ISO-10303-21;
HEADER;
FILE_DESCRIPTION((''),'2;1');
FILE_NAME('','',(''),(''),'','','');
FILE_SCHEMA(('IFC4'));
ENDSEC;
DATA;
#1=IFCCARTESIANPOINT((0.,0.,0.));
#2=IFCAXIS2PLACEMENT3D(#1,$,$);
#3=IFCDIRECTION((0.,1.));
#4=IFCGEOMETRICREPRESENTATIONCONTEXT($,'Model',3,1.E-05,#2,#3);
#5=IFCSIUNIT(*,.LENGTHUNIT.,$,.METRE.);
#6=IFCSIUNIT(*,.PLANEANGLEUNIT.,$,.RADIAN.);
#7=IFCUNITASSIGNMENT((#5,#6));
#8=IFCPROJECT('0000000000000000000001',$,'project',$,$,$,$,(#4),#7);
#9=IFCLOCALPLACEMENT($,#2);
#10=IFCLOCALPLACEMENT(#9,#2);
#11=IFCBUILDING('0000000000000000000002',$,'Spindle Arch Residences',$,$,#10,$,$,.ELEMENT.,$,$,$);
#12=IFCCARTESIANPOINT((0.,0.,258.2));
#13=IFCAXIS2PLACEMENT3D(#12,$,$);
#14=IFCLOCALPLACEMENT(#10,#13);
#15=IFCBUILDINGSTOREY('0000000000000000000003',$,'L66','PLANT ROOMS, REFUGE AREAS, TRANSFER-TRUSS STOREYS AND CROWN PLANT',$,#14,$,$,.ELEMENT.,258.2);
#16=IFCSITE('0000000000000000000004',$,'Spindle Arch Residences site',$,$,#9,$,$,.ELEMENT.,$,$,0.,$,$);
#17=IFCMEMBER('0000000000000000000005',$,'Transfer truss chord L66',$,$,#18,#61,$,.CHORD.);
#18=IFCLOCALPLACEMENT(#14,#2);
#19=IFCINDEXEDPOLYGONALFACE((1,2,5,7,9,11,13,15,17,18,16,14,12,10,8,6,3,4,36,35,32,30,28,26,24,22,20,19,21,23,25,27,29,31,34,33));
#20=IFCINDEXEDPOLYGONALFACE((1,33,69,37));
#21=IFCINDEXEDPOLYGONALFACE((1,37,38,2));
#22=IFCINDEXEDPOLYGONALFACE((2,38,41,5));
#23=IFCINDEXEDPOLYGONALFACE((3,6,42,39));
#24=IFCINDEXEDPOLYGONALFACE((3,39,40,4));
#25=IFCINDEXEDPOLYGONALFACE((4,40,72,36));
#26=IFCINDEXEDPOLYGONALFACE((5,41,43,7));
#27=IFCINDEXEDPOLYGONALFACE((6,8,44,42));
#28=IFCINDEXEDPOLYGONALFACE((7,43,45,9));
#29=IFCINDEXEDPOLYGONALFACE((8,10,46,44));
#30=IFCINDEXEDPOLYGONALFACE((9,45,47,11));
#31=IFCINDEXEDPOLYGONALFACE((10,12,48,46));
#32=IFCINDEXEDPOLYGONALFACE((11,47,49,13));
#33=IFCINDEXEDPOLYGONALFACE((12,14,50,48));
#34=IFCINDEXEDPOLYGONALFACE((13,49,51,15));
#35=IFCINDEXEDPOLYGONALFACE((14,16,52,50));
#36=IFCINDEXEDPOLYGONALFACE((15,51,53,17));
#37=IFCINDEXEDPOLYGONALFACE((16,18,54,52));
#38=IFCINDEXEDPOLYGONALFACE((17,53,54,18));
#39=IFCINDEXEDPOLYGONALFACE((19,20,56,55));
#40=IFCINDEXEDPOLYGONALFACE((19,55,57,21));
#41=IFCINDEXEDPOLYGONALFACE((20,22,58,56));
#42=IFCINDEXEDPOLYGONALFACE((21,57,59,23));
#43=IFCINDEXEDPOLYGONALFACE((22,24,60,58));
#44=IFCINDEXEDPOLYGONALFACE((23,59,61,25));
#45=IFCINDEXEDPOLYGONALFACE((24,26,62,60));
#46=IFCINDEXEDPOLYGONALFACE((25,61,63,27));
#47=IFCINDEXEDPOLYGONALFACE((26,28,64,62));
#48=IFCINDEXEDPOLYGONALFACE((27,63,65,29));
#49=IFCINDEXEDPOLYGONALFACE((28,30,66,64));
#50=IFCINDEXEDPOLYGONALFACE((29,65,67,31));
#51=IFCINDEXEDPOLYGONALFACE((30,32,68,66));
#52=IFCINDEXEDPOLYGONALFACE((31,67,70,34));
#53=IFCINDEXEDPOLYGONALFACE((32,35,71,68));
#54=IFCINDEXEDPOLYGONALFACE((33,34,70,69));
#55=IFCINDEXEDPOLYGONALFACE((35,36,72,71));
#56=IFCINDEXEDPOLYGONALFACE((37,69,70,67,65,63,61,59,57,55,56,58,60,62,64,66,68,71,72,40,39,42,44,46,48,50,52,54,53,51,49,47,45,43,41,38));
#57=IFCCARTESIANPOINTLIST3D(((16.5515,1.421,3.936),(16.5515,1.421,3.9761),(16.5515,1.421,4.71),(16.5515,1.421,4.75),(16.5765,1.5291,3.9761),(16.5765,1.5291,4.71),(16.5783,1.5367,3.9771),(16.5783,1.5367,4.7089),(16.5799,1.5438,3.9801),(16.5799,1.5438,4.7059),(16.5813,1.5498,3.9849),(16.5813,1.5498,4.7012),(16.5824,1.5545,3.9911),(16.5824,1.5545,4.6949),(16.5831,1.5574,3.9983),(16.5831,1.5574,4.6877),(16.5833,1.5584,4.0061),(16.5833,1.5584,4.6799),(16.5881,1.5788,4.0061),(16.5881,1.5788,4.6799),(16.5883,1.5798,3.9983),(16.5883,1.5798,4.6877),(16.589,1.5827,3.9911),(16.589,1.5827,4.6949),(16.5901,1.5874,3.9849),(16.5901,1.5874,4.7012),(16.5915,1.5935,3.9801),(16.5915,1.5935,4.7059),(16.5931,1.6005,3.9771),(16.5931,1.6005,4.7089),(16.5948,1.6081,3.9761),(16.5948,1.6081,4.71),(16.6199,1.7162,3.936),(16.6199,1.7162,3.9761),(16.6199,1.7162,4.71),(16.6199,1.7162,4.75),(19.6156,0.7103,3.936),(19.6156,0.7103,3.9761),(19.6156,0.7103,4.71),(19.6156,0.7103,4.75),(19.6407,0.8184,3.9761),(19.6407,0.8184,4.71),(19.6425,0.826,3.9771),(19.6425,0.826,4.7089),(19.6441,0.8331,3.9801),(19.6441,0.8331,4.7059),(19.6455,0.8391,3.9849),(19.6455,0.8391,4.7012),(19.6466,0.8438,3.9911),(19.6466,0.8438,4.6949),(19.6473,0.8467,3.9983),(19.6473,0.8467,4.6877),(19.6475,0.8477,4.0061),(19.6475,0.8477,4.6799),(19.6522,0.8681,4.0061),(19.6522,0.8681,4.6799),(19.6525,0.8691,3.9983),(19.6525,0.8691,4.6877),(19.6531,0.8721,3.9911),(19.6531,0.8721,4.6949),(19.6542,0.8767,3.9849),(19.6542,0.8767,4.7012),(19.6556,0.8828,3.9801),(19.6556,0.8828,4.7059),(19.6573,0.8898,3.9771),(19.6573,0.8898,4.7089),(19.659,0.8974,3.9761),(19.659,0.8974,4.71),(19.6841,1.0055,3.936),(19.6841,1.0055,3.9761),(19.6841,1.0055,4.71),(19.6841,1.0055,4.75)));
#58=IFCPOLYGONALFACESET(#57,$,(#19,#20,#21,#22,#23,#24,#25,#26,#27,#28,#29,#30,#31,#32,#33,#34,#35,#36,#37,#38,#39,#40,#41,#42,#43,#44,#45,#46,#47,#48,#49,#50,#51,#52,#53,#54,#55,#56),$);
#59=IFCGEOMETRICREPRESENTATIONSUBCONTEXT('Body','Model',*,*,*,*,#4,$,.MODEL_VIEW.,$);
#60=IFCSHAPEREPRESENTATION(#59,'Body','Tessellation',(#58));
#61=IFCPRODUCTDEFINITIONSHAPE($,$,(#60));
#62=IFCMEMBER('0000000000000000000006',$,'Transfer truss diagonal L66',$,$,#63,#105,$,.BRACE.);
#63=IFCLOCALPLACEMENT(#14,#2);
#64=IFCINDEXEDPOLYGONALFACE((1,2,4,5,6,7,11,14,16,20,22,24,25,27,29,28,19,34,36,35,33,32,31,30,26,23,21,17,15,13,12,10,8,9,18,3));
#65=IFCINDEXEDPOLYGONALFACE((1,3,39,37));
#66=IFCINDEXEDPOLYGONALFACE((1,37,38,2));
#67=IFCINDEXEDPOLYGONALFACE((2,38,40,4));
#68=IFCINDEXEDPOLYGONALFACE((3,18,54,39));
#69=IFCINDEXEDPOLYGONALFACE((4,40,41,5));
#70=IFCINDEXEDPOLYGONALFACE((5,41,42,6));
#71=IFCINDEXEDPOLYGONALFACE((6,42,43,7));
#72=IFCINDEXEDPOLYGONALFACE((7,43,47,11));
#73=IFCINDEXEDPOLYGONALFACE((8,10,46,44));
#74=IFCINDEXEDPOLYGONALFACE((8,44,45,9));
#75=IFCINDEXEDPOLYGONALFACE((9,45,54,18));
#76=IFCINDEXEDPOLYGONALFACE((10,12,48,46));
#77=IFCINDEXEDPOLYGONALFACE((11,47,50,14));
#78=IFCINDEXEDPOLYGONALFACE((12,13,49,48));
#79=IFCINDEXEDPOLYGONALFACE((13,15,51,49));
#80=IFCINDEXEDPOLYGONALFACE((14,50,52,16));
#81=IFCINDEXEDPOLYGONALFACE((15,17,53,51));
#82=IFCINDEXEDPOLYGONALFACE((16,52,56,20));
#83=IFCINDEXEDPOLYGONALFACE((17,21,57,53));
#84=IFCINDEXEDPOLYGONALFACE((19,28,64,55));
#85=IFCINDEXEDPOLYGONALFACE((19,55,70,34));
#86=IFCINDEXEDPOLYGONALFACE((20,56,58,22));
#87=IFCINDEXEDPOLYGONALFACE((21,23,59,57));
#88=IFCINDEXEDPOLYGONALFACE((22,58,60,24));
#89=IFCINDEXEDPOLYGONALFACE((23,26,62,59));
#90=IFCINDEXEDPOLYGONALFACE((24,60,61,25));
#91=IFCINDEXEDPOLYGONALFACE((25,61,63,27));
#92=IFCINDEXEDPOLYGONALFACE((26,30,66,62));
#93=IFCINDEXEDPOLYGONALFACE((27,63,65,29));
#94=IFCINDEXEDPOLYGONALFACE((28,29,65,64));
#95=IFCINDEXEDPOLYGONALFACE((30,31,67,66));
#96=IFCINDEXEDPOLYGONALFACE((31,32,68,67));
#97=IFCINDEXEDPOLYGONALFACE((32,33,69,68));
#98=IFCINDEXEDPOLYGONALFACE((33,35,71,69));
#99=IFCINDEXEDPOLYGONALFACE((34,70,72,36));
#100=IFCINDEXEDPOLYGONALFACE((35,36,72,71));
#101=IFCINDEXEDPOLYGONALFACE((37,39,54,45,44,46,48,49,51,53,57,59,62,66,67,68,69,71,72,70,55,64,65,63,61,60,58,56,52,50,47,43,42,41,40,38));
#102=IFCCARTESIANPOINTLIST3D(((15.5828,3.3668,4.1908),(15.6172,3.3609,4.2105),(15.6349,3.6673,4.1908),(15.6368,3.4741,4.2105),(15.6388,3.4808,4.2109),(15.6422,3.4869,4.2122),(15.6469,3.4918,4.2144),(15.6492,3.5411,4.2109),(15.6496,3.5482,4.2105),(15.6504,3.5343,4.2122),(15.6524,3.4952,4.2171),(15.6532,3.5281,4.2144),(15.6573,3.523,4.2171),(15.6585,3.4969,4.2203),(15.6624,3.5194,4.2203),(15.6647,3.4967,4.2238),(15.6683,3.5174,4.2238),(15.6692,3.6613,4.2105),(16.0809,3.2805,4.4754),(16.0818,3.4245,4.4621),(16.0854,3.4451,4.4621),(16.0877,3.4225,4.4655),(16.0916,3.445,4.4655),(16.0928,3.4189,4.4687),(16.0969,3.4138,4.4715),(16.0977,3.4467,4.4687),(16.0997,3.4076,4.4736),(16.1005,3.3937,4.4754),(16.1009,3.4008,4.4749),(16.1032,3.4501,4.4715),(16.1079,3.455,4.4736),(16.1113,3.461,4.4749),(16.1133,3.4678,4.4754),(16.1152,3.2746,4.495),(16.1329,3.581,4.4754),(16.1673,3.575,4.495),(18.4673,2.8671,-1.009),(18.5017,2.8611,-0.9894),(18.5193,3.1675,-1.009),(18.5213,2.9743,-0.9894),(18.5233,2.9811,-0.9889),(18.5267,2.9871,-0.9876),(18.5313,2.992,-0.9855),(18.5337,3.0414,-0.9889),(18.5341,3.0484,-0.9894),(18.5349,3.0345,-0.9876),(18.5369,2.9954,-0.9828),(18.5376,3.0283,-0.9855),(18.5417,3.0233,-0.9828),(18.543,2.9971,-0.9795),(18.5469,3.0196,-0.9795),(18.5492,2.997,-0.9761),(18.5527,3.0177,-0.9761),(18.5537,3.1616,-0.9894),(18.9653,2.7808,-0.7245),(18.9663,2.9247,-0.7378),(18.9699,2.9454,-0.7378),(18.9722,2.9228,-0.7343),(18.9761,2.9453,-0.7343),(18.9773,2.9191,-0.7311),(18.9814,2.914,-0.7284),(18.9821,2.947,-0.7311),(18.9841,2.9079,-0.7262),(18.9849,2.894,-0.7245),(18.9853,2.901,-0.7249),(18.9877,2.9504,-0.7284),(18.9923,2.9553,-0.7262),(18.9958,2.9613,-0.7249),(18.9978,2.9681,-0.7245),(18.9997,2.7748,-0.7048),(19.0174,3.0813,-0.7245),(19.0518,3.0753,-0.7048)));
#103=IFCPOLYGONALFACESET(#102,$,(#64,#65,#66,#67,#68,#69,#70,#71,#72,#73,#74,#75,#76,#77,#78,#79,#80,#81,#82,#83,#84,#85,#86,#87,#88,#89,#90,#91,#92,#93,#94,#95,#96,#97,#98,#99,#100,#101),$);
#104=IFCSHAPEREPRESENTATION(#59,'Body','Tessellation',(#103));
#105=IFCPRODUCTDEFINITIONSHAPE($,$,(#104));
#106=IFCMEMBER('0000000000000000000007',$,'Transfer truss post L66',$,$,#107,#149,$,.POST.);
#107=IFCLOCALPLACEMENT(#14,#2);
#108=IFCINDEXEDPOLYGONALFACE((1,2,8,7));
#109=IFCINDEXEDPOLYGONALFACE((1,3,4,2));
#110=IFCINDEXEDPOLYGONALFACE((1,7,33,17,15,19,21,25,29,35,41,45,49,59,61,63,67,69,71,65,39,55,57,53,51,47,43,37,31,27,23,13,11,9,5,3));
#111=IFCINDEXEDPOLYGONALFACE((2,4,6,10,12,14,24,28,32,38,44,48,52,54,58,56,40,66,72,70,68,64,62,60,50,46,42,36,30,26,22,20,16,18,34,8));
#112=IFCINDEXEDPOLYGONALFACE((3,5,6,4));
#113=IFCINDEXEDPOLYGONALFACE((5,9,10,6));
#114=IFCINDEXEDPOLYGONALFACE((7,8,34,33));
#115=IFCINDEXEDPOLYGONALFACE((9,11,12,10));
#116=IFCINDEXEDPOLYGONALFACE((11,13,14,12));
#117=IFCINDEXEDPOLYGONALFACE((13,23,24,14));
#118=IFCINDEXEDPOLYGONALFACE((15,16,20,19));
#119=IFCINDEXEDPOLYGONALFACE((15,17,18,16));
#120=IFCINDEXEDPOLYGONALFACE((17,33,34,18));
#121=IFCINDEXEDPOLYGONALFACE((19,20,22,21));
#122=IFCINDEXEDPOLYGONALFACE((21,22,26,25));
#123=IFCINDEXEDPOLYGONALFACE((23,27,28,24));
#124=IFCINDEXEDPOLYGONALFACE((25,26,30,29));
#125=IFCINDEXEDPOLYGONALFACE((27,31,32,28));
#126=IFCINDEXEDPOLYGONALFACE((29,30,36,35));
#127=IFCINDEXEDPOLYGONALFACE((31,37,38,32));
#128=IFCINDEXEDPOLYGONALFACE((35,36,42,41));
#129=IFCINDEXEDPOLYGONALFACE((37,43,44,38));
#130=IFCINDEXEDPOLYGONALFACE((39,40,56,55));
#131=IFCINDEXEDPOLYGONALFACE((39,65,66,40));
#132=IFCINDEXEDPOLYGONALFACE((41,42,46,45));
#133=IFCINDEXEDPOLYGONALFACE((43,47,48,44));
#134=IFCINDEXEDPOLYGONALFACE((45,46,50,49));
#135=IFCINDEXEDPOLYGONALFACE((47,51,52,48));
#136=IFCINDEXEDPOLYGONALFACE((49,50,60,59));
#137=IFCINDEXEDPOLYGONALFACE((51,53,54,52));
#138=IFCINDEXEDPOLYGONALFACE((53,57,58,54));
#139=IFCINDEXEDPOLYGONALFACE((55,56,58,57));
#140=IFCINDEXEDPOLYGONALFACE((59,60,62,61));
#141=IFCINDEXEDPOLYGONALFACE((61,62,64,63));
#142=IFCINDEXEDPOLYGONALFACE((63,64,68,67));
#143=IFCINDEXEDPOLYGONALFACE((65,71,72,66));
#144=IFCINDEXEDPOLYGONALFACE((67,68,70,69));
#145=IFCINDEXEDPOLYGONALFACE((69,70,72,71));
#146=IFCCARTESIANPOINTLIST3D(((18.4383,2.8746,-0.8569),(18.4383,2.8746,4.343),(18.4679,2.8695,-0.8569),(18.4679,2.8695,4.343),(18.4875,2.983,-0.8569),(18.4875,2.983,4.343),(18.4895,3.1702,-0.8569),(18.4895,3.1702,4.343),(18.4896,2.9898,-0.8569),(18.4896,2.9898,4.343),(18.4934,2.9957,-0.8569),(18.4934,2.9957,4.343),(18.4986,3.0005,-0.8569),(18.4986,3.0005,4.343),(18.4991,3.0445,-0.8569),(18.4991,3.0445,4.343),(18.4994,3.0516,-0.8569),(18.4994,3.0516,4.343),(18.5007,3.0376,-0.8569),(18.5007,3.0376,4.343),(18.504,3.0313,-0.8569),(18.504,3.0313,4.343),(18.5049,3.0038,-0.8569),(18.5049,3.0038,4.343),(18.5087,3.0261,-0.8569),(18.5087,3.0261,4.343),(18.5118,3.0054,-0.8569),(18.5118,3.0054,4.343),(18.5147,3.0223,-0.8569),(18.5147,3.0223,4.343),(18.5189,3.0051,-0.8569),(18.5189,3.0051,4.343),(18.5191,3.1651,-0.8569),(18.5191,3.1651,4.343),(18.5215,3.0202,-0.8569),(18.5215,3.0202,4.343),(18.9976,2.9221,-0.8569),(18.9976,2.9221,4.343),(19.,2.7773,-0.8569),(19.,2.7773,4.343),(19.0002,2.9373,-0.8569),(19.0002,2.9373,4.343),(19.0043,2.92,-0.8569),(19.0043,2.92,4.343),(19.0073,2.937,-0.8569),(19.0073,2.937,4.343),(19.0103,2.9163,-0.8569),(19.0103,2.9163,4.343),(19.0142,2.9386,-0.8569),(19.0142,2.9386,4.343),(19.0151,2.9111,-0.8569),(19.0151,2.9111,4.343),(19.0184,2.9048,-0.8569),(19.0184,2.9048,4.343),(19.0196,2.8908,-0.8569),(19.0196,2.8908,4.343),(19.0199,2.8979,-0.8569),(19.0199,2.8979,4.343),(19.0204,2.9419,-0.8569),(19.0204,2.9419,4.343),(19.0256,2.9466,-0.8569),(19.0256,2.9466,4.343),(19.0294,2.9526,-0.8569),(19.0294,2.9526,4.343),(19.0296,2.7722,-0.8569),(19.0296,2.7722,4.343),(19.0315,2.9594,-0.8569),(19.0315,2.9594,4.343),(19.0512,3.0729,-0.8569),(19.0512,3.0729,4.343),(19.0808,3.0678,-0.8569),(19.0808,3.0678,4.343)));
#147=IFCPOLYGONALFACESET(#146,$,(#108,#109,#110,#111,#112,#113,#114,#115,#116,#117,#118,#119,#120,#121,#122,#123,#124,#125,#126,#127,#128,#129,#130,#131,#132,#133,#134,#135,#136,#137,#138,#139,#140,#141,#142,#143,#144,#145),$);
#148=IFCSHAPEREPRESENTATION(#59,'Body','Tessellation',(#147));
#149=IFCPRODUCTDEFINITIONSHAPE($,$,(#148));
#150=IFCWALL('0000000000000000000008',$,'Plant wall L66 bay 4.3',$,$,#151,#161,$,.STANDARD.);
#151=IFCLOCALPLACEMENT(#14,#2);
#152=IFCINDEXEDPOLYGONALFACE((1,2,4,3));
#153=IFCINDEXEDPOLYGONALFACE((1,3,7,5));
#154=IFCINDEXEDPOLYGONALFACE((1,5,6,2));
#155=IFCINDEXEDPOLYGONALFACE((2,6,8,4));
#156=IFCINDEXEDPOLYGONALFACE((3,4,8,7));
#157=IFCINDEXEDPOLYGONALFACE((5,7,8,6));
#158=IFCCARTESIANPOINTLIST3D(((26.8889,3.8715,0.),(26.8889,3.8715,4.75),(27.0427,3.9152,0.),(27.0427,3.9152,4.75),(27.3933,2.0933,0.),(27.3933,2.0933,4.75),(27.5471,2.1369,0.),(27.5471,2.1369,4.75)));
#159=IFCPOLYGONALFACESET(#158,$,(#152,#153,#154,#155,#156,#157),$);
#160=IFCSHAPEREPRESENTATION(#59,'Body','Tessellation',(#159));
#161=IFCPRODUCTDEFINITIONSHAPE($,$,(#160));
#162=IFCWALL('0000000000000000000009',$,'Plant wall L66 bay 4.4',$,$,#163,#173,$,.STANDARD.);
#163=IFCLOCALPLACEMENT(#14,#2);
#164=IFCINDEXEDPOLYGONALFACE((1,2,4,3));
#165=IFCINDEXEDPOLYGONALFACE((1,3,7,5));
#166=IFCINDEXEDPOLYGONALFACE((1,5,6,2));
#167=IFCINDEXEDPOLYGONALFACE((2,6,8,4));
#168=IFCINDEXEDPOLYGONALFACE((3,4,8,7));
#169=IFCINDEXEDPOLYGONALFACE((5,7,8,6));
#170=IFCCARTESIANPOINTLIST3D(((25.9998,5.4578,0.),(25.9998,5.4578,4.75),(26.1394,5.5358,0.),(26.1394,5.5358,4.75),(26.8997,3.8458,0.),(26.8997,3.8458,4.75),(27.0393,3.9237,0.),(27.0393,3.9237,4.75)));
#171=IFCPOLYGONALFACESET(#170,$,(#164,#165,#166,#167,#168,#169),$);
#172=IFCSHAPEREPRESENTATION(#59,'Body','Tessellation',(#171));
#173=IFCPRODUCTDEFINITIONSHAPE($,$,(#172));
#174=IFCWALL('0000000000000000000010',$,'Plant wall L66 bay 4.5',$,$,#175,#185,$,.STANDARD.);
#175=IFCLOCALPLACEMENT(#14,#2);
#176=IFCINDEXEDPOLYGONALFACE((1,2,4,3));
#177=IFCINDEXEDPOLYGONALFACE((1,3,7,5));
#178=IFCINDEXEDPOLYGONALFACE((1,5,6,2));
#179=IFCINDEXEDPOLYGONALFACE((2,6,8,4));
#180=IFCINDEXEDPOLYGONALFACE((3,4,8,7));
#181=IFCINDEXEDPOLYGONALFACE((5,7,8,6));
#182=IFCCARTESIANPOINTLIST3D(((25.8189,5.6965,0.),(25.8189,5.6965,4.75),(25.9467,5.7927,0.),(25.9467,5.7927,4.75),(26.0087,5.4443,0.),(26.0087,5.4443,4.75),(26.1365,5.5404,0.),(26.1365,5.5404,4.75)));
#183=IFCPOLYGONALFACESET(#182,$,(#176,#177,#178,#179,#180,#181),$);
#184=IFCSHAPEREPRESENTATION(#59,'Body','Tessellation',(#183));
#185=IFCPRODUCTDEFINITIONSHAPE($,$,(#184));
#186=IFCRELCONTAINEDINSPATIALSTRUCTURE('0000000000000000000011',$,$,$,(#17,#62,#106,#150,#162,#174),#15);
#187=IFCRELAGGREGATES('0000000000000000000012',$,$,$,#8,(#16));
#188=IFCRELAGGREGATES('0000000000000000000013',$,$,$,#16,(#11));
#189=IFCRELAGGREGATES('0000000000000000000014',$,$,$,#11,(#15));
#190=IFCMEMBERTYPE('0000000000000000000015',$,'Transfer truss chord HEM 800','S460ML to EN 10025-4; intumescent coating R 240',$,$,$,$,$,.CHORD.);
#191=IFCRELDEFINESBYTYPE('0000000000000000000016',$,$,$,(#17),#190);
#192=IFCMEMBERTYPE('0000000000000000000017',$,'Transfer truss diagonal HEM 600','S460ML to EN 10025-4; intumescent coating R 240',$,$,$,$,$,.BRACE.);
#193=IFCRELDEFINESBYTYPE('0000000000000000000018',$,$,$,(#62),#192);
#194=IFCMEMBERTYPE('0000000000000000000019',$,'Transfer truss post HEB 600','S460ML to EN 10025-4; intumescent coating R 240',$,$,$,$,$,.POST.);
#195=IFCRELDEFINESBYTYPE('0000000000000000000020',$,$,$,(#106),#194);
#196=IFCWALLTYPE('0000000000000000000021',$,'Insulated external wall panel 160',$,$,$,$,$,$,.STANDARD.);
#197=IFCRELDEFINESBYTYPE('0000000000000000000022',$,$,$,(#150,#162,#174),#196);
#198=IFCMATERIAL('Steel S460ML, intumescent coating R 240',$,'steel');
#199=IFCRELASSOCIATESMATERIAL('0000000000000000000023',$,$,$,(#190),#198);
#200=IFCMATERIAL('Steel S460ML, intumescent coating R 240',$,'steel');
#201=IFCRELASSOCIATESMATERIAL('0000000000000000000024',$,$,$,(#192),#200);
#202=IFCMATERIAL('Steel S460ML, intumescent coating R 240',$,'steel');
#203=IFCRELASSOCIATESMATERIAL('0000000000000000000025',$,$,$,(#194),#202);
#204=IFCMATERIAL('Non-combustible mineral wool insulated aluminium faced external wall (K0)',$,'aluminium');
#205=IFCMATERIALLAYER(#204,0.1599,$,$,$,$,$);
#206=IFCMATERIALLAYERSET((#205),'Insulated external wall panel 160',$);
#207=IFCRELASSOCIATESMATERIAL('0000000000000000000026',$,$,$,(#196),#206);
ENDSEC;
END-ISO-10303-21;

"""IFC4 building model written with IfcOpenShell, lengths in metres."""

from ifc_helpers import new_model, si_unit, direction, frame, frame_2d, origin, origin_2d, place, context, subcontext, project, spatial, rectangle, i_section, extrude, material, layer, layer_set, material_profile, profile_set, type_object, element, save


model = new_model("IFC4")

# Units and contexts
model_context = context("Model", 3, precision=1e-05, world=origin(), true_north=direction((0.0, 1.0)))
body_context = subcontext(model_context, "Body", "Model", "MODEL_VIEW")
ifc_project = project(units=[si_unit("LENGTHUNIT", "METRE"), si_unit("PLANEANGLEUNIT", "RADIAN")], contexts=[model_context])

# Site, building, storey
site_placement = place(None, origin())
site = spatial("IfcSite", under=ifc_project, at=site_placement, Name="Spindle Arch Residences site", CompositionType="ELEMENT", RefElevation=0.0)
building_placement = place(site_placement, origin())
building = spatial("IfcBuilding", under=site, at=building_placement, Name="Spindle Arch Residences", CompositionType="ELEMENT")
storey_placement = place(building_placement, frame((0.0, 0.0, 258.2)))
storey = spatial("IfcBuildingStorey", under=building, at=storey_placement, Name="L66", Description="PLANT ROOMS, REFUGE AREAS, TRANSFER-TRUSS STOREYS AND CROWN PLANT", CompositionType="ELEMENT", Elevation=258.2)

# Members
ifc_material_1 = material(Name="Steel S460ML, intumescent coating R 240", Category="steel")
ifc_material_profile_1 = material_profile(ifc_material_1, i_section(OverallWidth=0.303, OverallDepth=0.814, WebThickness=0.021, FlangeThickness=0.04, FilletRadius=0.03, at=origin_2d()), Name="HEM 800")
ifc_profile_set_1 = profile_set([ifc_material_profile_1], Name="Steel S460ML, intumescent coating R 240")
member_type_1 = type_object("IfcMemberType", Name="Transfer truss chord HEM 800", Description="S460ML to EN 10025-4; intumescent coating R 240", PredefinedType="CHORD", material=ifc_profile_set_1)
member_1_placement = place(storey_placement, frame((16.5857, 1.5686, 4.343), z_axis=(0.974142, -0.225936, 0.0), x_axis=(0.225936, 0.974142, 0.0)))
element("IfcMember", 1, at=member_1_placement, inside=storey, type_object=member_type_1, Name="Transfer truss chord L66", PredefinedType="CHORD", context=body_context, shape_type="SweptSolid", body=[
    extrude(i_section(OverallWidth=0.303, OverallDepth=0.814, WebThickness=0.021, FlangeThickness=0.04, FilletRadius=0.03, at=origin_2d()), origin(), (0.0, 0.0, 1.0), 3.1455),
])
ifc_material_2 = material(Name="Steel S460ML, intumescent coating R 240", Category="steel")
ifc_material_profile_2 = material_profile(ifc_material_2, i_section(OverallWidth=0.3049, OverallDepth=0.6201, WebThickness=0.021, FlangeThickness=0.04, FilletRadius=0.0271, at=origin_2d()), Name="HEM 600")
ifc_profile_set_2 = profile_set([ifc_material_profile_2], Name="Steel S460ML, intumescent coating R 240")
member_type_2 = type_object("IfcMemberType", Name="Transfer truss diagonal HEM 600", Description="S460ML to EN 10025-4; intumescent coating R 240", PredefinedType="BRACE", material=ifc_profile_set_2)
member_2_placement = place(storey_placement, frame((18.7595, 2.9712, -0.8569), z_axis=(-0.483381, 0.083748, 0.871395), x_axis=(-0.170711, -0.985321, 0.0)))
element("IfcMember", 2, at=member_2_placement, inside=storey, type_object=member_type_2, Name="Transfer truss diagonal L66", PredefinedType="BRACE", context=body_context, shape_type="SweptSolid", body=[
    extrude(i_section(OverallWidth=0.3049, OverallDepth=0.6201, WebThickness=0.021, FlangeThickness=0.04, FilletRadius=0.0271, at=origin_2d()), origin(), (0.0, 0.0, 1.0), 5.9673),
])
ifc_material_3 = material(Name="Steel S460ML, intumescent coating R 240", Category="steel")
ifc_material_profile_3 = material_profile(ifc_material_3, i_section(OverallWidth=0.3, OverallDepth=0.6001, WebThickness=0.0154, FlangeThickness=0.03, FilletRadius=0.0271, at=origin_2d()), Name="HEB 600")
ifc_profile_set_3 = profile_set([ifc_material_profile_3], Name="Steel S460ML, intumescent coating R 240")
member_type_3 = type_object("IfcMemberType", Name="Transfer truss post HEB 600", Description="S460ML to EN 10025-4; intumescent coating R 240", PredefinedType="POST", material=ifc_profile_set_3)
member_3_placement = place(storey_placement, frame((18.7595, 2.9712, -0.8569), z_axis=(0.0, 0.0, 1.0), x_axis=(-0.170697, -0.985324, 0.0)))
element("IfcMember", 3, at=member_3_placement, inside=storey, type_object=member_type_3, Name="Transfer truss post L66", PredefinedType="POST", context=body_context, shape_type="SweptSolid", body=[
    extrude(i_section(OverallWidth=0.3, OverallDepth=0.6001, WebThickness=0.0154, FlangeThickness=0.03, FilletRadius=0.0271, at=origin_2d()), origin(), (0.0, 0.0, 1.0), 5.2),
])

# Walls
ifc_material_4 = material(Name="Non-combustible mineral wool insulated aluminium faced external wall (K0)", Category="aluminium")
ifc_layer_1 = layer(ifc_material_4, 0.1599)
ifc_layer_set_1 = layer_set([ifc_layer_1], Name="Insulated external wall panel 160")
wall_type_1 = type_object("IfcWallType", Name="Insulated external wall panel 160", PredefinedType="STANDARD", material=ifc_layer_set_1)
wall_1_placement = place(storey_placement, frame((27.4702, 2.115, 0.0), z_axis=(0.0, 0.0, 1.0), x_axis=(-0.272872, 0.96205, 0.0)))
element("IfcWall", 4, at=wall_1_placement, inside=storey, type_object=wall_type_1, Name="Plant wall L66 bay 4.3", PredefinedType="STANDARD", context=body_context, shape_type="SweptSolid", body=[
    extrude(rectangle(XDim=1.8484, YDim=0.1599, at=frame_2d((0.9243, 0.0))), origin(), (0.0, 0.0, 1.0), 4.75),
])
wall_2_placement = place(storey_placement, frame((26.9695, 3.8848, 0.0), z_axis=(0.0, 0.0, 1.0), x_axis=(-0.487427, 0.873164, 0.0)))
element("IfcWall", 5, at=wall_2_placement, inside=storey, type_object=wall_type_1, Name="Plant wall L66 bay 4.4", PredefinedType="STANDARD", context=body_context, shape_type="SweptSolid", body=[
    extrude(rectangle(XDim=1.8462, YDim=0.1599, at=frame_2d((0.9231, 0.0))), origin(), (0.0, 0.0, 1.0), 4.75),
])
wall_3_placement = place(storey_placement, frame((26.0725, 5.4924, 0.0), z_axis=(0.0, 0.0, 1.0), x_axis=(-0.601113, 0.799164, 0.0)))
element("IfcWall", 6, at=wall_3_placement, inside=storey, type_object=wall_type_1, Name="Plant wall L66 bay 4.5", PredefinedType="STANDARD", context=body_context, shape_type="SweptSolid", body=[
    extrude(rectangle(XDim=0.3157, YDim=0.1599, at=frame_2d((0.1577, 0.0))), origin(), (0.0, 0.0, 1.0), 4.75),
])

save(model, "model.ifc")
